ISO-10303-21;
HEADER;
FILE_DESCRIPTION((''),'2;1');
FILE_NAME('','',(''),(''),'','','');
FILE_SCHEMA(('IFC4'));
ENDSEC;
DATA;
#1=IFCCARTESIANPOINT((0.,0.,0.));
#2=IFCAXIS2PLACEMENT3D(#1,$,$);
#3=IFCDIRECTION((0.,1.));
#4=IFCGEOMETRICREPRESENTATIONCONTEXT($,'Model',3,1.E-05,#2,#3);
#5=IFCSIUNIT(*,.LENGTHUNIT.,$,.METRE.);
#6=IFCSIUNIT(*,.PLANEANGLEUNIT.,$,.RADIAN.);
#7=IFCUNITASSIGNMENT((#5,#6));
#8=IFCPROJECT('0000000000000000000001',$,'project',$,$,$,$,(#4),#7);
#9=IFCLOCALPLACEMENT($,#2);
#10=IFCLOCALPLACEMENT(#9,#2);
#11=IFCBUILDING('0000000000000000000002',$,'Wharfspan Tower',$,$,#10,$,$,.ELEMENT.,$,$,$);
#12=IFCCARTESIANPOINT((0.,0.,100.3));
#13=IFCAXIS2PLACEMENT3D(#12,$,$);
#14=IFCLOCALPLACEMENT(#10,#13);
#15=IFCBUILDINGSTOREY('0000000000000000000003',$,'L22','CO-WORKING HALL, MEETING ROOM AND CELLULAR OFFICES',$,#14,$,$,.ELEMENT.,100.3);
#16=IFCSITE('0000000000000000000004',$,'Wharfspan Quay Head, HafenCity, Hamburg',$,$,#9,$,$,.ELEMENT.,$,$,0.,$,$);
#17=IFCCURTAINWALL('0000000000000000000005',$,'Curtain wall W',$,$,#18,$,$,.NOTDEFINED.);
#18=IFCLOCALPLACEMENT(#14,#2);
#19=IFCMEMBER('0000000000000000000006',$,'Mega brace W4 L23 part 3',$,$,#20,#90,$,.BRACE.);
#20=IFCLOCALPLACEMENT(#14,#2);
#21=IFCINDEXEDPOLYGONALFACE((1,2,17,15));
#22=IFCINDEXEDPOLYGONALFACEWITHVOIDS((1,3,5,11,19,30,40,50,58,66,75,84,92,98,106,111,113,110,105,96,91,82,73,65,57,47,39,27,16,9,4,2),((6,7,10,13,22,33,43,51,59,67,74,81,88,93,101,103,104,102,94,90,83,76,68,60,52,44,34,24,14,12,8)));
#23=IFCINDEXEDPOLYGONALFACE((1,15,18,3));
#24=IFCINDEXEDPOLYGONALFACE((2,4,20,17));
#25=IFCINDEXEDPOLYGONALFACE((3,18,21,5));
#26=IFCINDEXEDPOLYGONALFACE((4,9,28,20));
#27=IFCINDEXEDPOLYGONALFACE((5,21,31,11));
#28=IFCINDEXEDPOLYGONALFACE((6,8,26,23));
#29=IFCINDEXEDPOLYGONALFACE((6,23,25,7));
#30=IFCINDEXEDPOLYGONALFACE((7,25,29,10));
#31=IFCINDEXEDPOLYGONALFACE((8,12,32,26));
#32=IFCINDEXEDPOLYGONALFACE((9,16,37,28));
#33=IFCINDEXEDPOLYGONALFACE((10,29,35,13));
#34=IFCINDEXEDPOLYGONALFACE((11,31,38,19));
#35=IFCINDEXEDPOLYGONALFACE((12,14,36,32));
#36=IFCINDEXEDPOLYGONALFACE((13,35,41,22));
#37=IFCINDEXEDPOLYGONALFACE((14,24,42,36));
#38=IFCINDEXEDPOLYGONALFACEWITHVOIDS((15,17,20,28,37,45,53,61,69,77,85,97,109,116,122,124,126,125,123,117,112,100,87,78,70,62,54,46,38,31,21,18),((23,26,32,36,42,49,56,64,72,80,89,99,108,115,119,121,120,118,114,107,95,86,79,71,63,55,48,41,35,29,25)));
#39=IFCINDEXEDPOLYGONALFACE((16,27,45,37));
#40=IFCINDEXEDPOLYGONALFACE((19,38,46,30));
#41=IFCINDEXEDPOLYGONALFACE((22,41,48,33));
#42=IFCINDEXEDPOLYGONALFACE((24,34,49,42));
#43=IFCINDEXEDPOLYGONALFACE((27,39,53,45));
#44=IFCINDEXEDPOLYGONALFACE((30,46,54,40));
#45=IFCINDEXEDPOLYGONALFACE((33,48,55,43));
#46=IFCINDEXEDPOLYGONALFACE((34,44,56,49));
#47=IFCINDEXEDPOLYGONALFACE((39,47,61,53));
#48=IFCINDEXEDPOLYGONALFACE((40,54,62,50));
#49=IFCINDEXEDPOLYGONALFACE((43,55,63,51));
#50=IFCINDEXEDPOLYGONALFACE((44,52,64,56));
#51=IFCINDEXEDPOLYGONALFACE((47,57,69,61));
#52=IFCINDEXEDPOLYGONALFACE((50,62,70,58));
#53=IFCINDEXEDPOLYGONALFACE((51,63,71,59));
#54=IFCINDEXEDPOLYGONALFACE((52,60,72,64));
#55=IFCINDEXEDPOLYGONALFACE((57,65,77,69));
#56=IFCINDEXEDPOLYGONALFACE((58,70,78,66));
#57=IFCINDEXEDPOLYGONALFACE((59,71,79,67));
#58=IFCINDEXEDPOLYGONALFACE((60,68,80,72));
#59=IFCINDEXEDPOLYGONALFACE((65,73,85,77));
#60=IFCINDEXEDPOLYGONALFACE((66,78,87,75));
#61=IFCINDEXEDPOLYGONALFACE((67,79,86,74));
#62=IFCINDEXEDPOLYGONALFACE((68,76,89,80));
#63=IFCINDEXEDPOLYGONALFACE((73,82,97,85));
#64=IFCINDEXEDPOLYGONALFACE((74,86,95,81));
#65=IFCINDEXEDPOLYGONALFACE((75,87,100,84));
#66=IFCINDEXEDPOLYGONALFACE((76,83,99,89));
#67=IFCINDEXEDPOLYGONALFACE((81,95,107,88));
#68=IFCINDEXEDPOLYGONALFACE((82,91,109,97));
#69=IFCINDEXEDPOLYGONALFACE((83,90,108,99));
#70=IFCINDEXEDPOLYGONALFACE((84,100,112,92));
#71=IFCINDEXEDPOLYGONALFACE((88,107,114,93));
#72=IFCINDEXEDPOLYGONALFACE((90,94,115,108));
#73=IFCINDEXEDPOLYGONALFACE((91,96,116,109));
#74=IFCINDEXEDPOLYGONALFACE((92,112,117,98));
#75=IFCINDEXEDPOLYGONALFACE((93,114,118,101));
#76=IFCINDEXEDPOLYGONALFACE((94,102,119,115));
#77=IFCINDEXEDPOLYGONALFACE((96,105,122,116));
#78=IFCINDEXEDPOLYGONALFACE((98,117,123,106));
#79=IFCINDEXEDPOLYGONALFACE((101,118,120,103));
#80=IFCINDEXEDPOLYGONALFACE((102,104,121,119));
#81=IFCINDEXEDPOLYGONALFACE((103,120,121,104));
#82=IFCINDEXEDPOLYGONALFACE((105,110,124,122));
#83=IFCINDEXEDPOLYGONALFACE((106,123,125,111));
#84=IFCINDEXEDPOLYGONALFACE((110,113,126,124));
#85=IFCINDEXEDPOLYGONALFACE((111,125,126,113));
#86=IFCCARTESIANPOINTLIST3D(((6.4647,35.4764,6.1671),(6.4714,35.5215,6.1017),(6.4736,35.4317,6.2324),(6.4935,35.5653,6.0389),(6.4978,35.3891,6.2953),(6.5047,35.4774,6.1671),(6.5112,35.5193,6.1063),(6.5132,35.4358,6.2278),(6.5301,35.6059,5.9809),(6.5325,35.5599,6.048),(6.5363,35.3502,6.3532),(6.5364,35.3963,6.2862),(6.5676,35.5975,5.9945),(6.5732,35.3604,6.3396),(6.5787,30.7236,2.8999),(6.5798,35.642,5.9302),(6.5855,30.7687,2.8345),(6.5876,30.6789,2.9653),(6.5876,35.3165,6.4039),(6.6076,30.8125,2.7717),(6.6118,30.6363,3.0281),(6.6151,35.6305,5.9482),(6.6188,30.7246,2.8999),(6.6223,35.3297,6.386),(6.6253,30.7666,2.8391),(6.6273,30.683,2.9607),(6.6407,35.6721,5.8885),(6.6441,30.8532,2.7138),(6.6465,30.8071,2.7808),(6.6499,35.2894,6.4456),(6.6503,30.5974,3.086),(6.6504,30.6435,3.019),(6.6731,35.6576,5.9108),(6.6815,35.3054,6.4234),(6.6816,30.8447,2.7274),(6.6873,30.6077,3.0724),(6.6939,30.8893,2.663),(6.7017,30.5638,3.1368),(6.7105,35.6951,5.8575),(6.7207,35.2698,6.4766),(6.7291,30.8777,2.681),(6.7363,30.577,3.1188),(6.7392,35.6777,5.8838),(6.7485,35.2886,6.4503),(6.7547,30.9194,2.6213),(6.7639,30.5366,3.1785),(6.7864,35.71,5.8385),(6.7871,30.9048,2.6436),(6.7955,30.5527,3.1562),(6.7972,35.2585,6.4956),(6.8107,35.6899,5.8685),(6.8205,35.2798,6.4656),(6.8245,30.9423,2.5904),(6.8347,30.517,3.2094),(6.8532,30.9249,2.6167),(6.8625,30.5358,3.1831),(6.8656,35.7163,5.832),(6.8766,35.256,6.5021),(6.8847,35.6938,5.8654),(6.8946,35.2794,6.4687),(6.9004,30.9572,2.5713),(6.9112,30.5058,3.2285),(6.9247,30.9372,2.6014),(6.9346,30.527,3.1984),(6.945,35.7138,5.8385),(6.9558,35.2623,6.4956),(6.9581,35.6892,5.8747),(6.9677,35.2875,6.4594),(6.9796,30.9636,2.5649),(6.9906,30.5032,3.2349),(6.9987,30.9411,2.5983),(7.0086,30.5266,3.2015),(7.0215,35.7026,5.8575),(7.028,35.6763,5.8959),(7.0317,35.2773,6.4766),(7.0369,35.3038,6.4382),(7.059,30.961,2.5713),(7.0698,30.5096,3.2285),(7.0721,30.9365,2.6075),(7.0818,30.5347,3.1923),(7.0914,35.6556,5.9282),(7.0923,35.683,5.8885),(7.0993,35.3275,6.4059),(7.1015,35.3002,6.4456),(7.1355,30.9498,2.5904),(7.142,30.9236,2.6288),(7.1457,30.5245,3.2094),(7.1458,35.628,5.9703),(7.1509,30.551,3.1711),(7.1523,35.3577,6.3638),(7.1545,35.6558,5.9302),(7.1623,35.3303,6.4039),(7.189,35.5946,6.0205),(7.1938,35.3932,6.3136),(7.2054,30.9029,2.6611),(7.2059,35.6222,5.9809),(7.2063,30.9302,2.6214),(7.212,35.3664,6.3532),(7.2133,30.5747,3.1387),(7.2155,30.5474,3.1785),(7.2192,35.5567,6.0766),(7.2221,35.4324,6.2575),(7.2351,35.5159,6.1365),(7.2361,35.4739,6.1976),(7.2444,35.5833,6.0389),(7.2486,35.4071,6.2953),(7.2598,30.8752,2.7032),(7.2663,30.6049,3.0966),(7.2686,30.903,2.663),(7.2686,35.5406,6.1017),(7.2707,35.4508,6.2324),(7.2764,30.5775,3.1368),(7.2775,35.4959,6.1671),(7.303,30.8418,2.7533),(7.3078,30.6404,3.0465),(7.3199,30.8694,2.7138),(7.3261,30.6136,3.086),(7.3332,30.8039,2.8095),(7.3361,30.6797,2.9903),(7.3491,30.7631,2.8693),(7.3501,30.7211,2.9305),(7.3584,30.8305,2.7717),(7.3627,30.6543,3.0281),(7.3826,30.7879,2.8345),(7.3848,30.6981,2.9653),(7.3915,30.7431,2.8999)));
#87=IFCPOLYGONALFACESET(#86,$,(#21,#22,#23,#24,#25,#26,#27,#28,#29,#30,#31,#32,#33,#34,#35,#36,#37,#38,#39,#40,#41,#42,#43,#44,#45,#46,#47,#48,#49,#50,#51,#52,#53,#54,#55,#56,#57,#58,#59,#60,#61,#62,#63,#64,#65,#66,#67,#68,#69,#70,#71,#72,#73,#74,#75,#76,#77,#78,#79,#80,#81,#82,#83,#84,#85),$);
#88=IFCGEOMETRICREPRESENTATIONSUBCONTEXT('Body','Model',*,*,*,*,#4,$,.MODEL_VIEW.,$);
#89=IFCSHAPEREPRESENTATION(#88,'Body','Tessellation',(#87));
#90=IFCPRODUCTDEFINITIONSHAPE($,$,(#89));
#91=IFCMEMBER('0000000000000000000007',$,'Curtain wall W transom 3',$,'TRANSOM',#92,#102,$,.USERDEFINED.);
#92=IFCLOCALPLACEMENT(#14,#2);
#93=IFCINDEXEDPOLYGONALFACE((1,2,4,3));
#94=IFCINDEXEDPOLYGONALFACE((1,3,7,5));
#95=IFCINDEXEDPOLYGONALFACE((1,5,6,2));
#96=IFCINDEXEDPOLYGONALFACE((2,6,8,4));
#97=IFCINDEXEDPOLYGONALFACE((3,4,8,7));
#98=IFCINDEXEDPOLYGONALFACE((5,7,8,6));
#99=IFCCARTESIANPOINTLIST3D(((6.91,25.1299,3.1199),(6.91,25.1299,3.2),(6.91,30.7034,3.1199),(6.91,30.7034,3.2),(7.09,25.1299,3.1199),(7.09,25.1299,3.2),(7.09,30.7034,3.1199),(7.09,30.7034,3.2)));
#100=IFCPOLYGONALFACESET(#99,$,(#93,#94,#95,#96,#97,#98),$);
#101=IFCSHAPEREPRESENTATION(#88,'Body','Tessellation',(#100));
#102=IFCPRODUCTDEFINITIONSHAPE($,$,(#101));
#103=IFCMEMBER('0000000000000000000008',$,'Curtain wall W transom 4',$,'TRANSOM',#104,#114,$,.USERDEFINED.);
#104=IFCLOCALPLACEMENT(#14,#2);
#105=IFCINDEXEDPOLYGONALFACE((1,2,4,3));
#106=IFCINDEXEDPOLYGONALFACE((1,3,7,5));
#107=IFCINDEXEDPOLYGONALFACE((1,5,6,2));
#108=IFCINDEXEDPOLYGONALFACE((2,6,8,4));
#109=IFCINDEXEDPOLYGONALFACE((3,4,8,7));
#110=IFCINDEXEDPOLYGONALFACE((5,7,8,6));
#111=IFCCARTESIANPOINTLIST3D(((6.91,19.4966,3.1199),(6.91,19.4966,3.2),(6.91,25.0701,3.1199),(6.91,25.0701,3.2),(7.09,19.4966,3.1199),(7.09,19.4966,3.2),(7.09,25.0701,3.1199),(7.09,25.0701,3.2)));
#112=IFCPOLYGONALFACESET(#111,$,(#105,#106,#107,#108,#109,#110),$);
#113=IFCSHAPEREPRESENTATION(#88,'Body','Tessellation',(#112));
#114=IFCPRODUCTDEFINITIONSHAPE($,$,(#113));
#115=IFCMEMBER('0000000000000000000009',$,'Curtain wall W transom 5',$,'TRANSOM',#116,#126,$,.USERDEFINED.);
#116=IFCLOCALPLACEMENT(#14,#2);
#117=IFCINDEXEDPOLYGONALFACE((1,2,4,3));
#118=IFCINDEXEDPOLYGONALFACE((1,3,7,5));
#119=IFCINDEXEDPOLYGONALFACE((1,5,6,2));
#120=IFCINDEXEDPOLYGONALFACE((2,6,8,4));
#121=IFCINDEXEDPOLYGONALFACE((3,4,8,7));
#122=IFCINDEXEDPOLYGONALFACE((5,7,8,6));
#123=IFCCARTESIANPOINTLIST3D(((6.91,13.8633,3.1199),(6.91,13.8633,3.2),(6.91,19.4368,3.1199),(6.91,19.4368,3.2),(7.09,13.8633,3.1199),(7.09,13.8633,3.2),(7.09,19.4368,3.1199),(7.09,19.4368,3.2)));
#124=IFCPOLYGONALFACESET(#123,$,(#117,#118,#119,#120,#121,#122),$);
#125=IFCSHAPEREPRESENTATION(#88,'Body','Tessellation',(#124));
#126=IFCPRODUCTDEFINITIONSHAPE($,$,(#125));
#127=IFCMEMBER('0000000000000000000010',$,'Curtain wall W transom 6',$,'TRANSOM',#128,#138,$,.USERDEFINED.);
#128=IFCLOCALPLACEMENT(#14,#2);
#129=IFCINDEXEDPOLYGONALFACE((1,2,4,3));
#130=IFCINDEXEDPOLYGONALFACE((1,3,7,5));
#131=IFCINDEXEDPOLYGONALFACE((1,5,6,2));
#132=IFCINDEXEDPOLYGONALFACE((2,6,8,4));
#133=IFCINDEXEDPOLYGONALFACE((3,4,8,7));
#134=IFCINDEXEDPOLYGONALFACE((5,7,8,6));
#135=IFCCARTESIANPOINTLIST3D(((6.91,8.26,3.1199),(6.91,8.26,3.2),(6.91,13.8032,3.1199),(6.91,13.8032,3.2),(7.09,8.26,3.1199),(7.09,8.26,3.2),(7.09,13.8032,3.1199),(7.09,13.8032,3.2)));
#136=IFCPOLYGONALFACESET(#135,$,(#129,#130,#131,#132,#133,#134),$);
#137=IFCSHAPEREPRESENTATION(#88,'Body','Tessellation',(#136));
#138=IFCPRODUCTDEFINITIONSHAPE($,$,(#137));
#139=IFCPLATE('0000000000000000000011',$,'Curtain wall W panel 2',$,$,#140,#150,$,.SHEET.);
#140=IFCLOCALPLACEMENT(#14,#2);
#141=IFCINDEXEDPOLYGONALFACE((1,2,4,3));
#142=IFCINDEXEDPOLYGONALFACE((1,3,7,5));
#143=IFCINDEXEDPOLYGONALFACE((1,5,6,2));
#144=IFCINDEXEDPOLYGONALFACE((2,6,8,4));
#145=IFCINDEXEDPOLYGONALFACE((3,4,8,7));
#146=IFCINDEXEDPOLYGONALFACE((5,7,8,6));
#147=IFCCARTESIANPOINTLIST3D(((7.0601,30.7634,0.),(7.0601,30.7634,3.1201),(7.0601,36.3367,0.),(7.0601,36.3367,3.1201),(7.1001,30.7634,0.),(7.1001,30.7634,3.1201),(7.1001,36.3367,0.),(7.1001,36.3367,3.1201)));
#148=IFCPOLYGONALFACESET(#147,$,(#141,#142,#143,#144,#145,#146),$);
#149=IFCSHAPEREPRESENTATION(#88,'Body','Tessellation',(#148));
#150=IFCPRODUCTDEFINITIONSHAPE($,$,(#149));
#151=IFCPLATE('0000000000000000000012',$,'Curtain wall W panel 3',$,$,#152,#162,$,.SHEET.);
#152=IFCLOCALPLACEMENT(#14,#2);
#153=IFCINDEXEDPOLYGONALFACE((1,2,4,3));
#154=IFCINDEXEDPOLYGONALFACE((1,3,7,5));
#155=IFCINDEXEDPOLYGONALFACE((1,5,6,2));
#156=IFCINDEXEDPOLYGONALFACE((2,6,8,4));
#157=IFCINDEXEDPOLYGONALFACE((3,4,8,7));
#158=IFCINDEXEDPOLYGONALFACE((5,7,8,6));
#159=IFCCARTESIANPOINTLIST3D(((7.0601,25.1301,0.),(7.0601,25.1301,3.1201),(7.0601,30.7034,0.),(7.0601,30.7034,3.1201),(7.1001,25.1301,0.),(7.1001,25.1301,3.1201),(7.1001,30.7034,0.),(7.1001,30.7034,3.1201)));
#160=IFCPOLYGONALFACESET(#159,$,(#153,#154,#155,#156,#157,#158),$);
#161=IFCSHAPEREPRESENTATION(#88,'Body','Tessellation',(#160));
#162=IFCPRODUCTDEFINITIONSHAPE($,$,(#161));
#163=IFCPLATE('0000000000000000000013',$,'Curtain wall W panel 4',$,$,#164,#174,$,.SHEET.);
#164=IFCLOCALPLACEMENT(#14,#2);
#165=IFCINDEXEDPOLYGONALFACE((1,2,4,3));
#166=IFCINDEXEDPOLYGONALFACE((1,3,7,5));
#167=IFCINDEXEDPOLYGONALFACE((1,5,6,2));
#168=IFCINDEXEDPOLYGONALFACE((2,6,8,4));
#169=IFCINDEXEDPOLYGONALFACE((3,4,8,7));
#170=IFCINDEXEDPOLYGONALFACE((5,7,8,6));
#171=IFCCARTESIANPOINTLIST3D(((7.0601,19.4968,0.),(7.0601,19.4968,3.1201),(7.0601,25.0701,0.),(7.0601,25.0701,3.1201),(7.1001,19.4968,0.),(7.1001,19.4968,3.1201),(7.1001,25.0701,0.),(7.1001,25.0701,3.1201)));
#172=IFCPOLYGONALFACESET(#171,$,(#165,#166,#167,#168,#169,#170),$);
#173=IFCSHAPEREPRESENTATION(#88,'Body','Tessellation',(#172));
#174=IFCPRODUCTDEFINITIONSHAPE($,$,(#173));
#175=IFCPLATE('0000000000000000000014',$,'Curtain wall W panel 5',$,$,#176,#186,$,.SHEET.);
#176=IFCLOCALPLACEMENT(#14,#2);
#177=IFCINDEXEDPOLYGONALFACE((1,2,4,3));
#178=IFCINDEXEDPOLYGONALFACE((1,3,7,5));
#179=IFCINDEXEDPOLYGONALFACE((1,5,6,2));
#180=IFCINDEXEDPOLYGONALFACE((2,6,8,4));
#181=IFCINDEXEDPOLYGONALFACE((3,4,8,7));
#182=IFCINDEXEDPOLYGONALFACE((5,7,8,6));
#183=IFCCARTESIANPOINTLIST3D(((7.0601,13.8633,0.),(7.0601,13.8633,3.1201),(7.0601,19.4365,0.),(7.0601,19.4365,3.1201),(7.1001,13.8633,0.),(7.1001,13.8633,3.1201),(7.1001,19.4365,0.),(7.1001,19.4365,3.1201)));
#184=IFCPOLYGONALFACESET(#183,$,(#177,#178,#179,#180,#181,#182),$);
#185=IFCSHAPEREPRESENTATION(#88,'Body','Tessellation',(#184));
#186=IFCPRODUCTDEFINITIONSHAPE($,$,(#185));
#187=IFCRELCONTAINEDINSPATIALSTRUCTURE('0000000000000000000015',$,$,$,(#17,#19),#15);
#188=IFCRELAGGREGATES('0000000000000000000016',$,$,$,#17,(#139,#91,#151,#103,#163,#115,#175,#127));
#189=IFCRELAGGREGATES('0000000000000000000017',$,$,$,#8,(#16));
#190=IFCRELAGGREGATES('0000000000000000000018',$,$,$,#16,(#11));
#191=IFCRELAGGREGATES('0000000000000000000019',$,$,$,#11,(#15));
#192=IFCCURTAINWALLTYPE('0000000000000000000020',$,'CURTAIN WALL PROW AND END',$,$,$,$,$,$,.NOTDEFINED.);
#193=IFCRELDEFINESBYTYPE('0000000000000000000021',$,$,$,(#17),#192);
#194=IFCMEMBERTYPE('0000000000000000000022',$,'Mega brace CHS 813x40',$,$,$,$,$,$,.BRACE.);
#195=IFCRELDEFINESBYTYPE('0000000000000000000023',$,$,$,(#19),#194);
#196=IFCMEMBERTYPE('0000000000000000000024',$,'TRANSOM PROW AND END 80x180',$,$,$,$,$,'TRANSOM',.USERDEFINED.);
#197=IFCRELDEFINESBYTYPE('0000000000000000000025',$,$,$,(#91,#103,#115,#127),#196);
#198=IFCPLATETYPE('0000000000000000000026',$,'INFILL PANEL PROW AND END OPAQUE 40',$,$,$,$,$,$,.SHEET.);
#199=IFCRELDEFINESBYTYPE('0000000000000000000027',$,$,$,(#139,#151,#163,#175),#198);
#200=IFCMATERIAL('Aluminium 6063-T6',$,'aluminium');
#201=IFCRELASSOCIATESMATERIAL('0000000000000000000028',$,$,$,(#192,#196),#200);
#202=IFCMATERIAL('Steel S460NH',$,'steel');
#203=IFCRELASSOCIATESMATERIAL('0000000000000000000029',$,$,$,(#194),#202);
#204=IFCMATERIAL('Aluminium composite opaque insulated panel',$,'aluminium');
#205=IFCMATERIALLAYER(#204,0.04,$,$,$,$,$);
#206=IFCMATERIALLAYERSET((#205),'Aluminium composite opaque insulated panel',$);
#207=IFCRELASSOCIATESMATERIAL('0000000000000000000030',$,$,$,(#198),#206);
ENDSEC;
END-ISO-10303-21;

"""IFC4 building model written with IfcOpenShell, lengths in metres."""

from ifc_helpers import new_model, si_unit, direction, frame, origin, origin_2d, place, context, subcontext, project, spatial, rectangle, hollow_circle, extrude, material, layer, layer_set, material_profile, profile_set, type_object, element, aggregate, save


model = new_model("IFC4")

# Units and contexts
model_context = context("Model", 3, precision=1e-05, world=origin(), true_north=direction((0.0, 1.0)))
body_context = subcontext(model_context, "Body", "Model", "MODEL_VIEW")
ifc_project = project(units=[si_unit("LENGTHUNIT", "METRE"), si_unit("PLANEANGLEUNIT", "RADIAN")], contexts=[model_context])

# Site, building, storey
site_placement = place(None, origin())
site = spatial("IfcSite", under=ifc_project, at=site_placement, Name="Wharfspan Quay Head, HafenCity, Hamburg", CompositionType="ELEMENT", RefElevation=0.0)
building_placement = place(site_placement, origin())
building = spatial("IfcBuilding", under=site, at=building_placement, Name="Wharfspan Tower", CompositionType="ELEMENT")
storey_placement = place(building_placement, frame((0.0, 0.0, 100.3)))
storey = spatial("IfcBuildingStorey", under=building, at=storey_placement, Name="L22", Description="CO-WORKING HALL, MEETING ROOM AND CELLULAR OFFICES", CompositionType="ELEMENT", Elevation=100.3)

# Curtain wall
ifc_material_1 = material(Name="Aluminium 6063-T6", Category="aluminium")
curtain_wall_type = type_object("IfcCurtainWallType", Name="CURTAIN WALL PROW AND END", PredefinedType="NOTDEFINED", material=ifc_material_1)
curtain_wall_placement = place(storey_placement, origin())
curtain_wall = element("IfcCurtainWall", 1, at=curtain_wall_placement, inside=storey, type_object=curtain_wall_type, Name="Curtain wall W", PredefinedType="NOTDEFINED")

# Member
ifc_material_2 = material(Name="Steel S460NH", Category="steel")
ifc_material_profile_1 = material_profile(ifc_material_2, hollow_circle(Radius=0.4065, WallThickness=0.04, at=origin_2d()))
ifc_profile_set_1 = profile_set([ifc_material_profile_1], Name="Steel S460NH")
member_type_1 = type_object("IfcMemberType", Name="Mega brace CHS 813x40", PredefinedType="BRACE", material=ifc_profile_set_1)
member_1_placement = place(storey_placement, frame((6.9851, 30.7334, 2.8999), z_axis=(-0.019765, 0.823912, 0.566373), x_axis=(-0.999715, -0.023981, -0.000002)))
element("IfcMember", 2, at=member_1_placement, inside=storey, type_object=member_type_1, Name="Mega brace W4 L23 part 3", PredefinedType="BRACE", context=body_context, shape_type="SweptSolid", body=[
    extrude(hollow_circle(Radius=0.4065, WallThickness=0.04, at=origin_2d()), origin(), (0.0, 0.0, 1.0), 5.7686),
])

# Members
ifc_material_profile_2 = material_profile(ifc_material_1, rectangle(XDim=0.1799, YDim=0.0801, at=origin_2d()))
ifc_profile_set_2 = profile_set([ifc_material_profile_2], Name="Aluminium 6063-T6")
member_type_2 = type_object("IfcMemberType", Name="TRANSOM PROW AND END 80x180", ElementType="TRANSOM", PredefinedType="USERDEFINED", material=ifc_profile_set_2)
member_2_placement = place(storey_placement, frame((7.0, 30.7034, 3.1599), z_axis=(0.0, -1.0, 0.0), x_axis=(1.0, 0.0, 0.0)))
member_2 = element("IfcMember", 3, at=member_2_placement, type_object=member_type_2, Name="Curtain wall W transom 3", ObjectType="TRANSOM", PredefinedType="USERDEFINED", context=body_context, shape_type="SweptSolid", body=[
    extrude(rectangle(XDim=0.1799, YDim=0.0801, at=origin_2d()), origin(), (0.0, 0.0, 1.0), 5.5735),
])
member_3_placement = place(storey_placement, frame((7.0, 25.0701, 3.1599), z_axis=(0.0, -1.0, 0.0), x_axis=(1.0, 0.0, 0.0)))
member_3 = element("IfcMember", 4, at=member_3_placement, type_object=member_type_2, Name="Curtain wall W transom 4", ObjectType="TRANSOM", PredefinedType="USERDEFINED", context=body_context, shape_type="SweptSolid", body=[
    extrude(rectangle(XDim=0.1799, YDim=0.0801, at=origin_2d()), origin(), (0.0, 0.0, 1.0), 5.5735),
])
member_4_placement = place(storey_placement, frame((7.0, 19.4368, 3.1599), z_axis=(0.0, -1.0, 0.0), x_axis=(1.0, 0.0, 0.0)))
member_4 = element("IfcMember", 5, at=member_4_placement, type_object=member_type_2, Name="Curtain wall W transom 5", ObjectType="TRANSOM", PredefinedType="USERDEFINED", context=body_context, shape_type="SweptSolid", body=[
    extrude(rectangle(XDim=0.1799, YDim=0.0801, at=origin_2d()), origin(), (0.0, 0.0, 1.0), 5.5735),
])
member_5_placement = place(storey_placement, frame((7.0, 13.8032, 3.1599), z_axis=(0.0, -1.0, 0.0), x_axis=(1.0, 0.0, 0.0)))
member_5 = element("IfcMember", 6, at=member_5_placement, type_object=member_type_2, Name="Curtain wall W transom 6", ObjectType="TRANSOM", PredefinedType="USERDEFINED", context=body_context, shape_type="SweptSolid", body=[
    extrude(rectangle(XDim=0.1799, YDim=0.0801, at=origin_2d()), origin(), (0.0, 0.0, 1.0), 5.5432),
])

# Plates
ifc_material_3 = material(Name="Aluminium composite opaque insulated panel", Category="aluminium")
ifc_layer_1 = layer(ifc_material_3, 0.04)
ifc_layer_set_1 = layer_set([ifc_layer_1], Name="Aluminium composite opaque insulated panel")
plate_type = type_object("IfcPlateType", Name="INFILL PANEL PROW AND END OPAQUE 40", PredefinedType="SHEET", material=ifc_layer_set_1)
plate_1_placement = place(storey_placement, frame((7.0801, 33.55, 0.0), z_axis=(0.0, 0.0, 1.0), x_axis=(0.0, -1.0, 0.0)))
plate_1 = element("IfcPlate", 7, at=plate_1_placement, type_object=plate_type, Name="Curtain wall W panel 2", PredefinedType="SHEET", context=body_context, shape_type="SweptSolid", body=[
    extrude(rectangle(XDim=5.5732, YDim=0.04, at=origin_2d()), origin(), (0.0, 0.0, 1.0), 3.1201),
])
plate_2_placement = place(storey_placement, frame((7.0801, 27.9167, 0.0), z_axis=(0.0, 0.0, 1.0), x_axis=(0.0, -1.0, 0.0)))
plate_2 = element("IfcPlate", 8, at=plate_2_placement, type_object=plate_type, Name="Curtain wall W panel 3", PredefinedType="SHEET", context=body_context, shape_type="SweptSolid", body=[
    extrude(rectangle(XDim=5.5732, YDim=0.04, at=origin_2d()), origin(), (0.0, 0.0, 1.0), 3.1201),
])
plate_3_placement = place(storey_placement, frame((7.0801, 22.2834, 0.0), z_axis=(0.0, 0.0, 1.0), x_axis=(0.0, -1.0, 0.0)))
plate_3 = element("IfcPlate", 9, at=plate_3_placement, type_object=plate_type, Name="Curtain wall W panel 4", PredefinedType="SHEET", context=body_context, shape_type="SweptSolid", body=[
    extrude(rectangle(XDim=5.5732, YDim=0.04, at=origin_2d()), origin(), (0.0, 0.0, 1.0), 3.1201),
])
plate_4_placement = place(storey_placement, frame((7.0801, 16.6499, 0.0), z_axis=(0.0, 0.0, 1.0), x_axis=(0.0, -1.0, 0.0)))
plate_4 = element("IfcPlate", 10, at=plate_4_placement, type_object=plate_type, Name="Curtain wall W panel 5", PredefinedType="SHEET", context=body_context, shape_type="SweptSolid", body=[
    extrude(rectangle(XDim=5.5732, YDim=0.04, at=origin_2d()), origin(), (0.0, 0.0, 1.0), 3.1201),
])
aggregate(curtain_wall, [plate_1, member_2, plate_2, member_3, plate_3, member_4, plate_4, member_5])

save(model, "model.ifc")
